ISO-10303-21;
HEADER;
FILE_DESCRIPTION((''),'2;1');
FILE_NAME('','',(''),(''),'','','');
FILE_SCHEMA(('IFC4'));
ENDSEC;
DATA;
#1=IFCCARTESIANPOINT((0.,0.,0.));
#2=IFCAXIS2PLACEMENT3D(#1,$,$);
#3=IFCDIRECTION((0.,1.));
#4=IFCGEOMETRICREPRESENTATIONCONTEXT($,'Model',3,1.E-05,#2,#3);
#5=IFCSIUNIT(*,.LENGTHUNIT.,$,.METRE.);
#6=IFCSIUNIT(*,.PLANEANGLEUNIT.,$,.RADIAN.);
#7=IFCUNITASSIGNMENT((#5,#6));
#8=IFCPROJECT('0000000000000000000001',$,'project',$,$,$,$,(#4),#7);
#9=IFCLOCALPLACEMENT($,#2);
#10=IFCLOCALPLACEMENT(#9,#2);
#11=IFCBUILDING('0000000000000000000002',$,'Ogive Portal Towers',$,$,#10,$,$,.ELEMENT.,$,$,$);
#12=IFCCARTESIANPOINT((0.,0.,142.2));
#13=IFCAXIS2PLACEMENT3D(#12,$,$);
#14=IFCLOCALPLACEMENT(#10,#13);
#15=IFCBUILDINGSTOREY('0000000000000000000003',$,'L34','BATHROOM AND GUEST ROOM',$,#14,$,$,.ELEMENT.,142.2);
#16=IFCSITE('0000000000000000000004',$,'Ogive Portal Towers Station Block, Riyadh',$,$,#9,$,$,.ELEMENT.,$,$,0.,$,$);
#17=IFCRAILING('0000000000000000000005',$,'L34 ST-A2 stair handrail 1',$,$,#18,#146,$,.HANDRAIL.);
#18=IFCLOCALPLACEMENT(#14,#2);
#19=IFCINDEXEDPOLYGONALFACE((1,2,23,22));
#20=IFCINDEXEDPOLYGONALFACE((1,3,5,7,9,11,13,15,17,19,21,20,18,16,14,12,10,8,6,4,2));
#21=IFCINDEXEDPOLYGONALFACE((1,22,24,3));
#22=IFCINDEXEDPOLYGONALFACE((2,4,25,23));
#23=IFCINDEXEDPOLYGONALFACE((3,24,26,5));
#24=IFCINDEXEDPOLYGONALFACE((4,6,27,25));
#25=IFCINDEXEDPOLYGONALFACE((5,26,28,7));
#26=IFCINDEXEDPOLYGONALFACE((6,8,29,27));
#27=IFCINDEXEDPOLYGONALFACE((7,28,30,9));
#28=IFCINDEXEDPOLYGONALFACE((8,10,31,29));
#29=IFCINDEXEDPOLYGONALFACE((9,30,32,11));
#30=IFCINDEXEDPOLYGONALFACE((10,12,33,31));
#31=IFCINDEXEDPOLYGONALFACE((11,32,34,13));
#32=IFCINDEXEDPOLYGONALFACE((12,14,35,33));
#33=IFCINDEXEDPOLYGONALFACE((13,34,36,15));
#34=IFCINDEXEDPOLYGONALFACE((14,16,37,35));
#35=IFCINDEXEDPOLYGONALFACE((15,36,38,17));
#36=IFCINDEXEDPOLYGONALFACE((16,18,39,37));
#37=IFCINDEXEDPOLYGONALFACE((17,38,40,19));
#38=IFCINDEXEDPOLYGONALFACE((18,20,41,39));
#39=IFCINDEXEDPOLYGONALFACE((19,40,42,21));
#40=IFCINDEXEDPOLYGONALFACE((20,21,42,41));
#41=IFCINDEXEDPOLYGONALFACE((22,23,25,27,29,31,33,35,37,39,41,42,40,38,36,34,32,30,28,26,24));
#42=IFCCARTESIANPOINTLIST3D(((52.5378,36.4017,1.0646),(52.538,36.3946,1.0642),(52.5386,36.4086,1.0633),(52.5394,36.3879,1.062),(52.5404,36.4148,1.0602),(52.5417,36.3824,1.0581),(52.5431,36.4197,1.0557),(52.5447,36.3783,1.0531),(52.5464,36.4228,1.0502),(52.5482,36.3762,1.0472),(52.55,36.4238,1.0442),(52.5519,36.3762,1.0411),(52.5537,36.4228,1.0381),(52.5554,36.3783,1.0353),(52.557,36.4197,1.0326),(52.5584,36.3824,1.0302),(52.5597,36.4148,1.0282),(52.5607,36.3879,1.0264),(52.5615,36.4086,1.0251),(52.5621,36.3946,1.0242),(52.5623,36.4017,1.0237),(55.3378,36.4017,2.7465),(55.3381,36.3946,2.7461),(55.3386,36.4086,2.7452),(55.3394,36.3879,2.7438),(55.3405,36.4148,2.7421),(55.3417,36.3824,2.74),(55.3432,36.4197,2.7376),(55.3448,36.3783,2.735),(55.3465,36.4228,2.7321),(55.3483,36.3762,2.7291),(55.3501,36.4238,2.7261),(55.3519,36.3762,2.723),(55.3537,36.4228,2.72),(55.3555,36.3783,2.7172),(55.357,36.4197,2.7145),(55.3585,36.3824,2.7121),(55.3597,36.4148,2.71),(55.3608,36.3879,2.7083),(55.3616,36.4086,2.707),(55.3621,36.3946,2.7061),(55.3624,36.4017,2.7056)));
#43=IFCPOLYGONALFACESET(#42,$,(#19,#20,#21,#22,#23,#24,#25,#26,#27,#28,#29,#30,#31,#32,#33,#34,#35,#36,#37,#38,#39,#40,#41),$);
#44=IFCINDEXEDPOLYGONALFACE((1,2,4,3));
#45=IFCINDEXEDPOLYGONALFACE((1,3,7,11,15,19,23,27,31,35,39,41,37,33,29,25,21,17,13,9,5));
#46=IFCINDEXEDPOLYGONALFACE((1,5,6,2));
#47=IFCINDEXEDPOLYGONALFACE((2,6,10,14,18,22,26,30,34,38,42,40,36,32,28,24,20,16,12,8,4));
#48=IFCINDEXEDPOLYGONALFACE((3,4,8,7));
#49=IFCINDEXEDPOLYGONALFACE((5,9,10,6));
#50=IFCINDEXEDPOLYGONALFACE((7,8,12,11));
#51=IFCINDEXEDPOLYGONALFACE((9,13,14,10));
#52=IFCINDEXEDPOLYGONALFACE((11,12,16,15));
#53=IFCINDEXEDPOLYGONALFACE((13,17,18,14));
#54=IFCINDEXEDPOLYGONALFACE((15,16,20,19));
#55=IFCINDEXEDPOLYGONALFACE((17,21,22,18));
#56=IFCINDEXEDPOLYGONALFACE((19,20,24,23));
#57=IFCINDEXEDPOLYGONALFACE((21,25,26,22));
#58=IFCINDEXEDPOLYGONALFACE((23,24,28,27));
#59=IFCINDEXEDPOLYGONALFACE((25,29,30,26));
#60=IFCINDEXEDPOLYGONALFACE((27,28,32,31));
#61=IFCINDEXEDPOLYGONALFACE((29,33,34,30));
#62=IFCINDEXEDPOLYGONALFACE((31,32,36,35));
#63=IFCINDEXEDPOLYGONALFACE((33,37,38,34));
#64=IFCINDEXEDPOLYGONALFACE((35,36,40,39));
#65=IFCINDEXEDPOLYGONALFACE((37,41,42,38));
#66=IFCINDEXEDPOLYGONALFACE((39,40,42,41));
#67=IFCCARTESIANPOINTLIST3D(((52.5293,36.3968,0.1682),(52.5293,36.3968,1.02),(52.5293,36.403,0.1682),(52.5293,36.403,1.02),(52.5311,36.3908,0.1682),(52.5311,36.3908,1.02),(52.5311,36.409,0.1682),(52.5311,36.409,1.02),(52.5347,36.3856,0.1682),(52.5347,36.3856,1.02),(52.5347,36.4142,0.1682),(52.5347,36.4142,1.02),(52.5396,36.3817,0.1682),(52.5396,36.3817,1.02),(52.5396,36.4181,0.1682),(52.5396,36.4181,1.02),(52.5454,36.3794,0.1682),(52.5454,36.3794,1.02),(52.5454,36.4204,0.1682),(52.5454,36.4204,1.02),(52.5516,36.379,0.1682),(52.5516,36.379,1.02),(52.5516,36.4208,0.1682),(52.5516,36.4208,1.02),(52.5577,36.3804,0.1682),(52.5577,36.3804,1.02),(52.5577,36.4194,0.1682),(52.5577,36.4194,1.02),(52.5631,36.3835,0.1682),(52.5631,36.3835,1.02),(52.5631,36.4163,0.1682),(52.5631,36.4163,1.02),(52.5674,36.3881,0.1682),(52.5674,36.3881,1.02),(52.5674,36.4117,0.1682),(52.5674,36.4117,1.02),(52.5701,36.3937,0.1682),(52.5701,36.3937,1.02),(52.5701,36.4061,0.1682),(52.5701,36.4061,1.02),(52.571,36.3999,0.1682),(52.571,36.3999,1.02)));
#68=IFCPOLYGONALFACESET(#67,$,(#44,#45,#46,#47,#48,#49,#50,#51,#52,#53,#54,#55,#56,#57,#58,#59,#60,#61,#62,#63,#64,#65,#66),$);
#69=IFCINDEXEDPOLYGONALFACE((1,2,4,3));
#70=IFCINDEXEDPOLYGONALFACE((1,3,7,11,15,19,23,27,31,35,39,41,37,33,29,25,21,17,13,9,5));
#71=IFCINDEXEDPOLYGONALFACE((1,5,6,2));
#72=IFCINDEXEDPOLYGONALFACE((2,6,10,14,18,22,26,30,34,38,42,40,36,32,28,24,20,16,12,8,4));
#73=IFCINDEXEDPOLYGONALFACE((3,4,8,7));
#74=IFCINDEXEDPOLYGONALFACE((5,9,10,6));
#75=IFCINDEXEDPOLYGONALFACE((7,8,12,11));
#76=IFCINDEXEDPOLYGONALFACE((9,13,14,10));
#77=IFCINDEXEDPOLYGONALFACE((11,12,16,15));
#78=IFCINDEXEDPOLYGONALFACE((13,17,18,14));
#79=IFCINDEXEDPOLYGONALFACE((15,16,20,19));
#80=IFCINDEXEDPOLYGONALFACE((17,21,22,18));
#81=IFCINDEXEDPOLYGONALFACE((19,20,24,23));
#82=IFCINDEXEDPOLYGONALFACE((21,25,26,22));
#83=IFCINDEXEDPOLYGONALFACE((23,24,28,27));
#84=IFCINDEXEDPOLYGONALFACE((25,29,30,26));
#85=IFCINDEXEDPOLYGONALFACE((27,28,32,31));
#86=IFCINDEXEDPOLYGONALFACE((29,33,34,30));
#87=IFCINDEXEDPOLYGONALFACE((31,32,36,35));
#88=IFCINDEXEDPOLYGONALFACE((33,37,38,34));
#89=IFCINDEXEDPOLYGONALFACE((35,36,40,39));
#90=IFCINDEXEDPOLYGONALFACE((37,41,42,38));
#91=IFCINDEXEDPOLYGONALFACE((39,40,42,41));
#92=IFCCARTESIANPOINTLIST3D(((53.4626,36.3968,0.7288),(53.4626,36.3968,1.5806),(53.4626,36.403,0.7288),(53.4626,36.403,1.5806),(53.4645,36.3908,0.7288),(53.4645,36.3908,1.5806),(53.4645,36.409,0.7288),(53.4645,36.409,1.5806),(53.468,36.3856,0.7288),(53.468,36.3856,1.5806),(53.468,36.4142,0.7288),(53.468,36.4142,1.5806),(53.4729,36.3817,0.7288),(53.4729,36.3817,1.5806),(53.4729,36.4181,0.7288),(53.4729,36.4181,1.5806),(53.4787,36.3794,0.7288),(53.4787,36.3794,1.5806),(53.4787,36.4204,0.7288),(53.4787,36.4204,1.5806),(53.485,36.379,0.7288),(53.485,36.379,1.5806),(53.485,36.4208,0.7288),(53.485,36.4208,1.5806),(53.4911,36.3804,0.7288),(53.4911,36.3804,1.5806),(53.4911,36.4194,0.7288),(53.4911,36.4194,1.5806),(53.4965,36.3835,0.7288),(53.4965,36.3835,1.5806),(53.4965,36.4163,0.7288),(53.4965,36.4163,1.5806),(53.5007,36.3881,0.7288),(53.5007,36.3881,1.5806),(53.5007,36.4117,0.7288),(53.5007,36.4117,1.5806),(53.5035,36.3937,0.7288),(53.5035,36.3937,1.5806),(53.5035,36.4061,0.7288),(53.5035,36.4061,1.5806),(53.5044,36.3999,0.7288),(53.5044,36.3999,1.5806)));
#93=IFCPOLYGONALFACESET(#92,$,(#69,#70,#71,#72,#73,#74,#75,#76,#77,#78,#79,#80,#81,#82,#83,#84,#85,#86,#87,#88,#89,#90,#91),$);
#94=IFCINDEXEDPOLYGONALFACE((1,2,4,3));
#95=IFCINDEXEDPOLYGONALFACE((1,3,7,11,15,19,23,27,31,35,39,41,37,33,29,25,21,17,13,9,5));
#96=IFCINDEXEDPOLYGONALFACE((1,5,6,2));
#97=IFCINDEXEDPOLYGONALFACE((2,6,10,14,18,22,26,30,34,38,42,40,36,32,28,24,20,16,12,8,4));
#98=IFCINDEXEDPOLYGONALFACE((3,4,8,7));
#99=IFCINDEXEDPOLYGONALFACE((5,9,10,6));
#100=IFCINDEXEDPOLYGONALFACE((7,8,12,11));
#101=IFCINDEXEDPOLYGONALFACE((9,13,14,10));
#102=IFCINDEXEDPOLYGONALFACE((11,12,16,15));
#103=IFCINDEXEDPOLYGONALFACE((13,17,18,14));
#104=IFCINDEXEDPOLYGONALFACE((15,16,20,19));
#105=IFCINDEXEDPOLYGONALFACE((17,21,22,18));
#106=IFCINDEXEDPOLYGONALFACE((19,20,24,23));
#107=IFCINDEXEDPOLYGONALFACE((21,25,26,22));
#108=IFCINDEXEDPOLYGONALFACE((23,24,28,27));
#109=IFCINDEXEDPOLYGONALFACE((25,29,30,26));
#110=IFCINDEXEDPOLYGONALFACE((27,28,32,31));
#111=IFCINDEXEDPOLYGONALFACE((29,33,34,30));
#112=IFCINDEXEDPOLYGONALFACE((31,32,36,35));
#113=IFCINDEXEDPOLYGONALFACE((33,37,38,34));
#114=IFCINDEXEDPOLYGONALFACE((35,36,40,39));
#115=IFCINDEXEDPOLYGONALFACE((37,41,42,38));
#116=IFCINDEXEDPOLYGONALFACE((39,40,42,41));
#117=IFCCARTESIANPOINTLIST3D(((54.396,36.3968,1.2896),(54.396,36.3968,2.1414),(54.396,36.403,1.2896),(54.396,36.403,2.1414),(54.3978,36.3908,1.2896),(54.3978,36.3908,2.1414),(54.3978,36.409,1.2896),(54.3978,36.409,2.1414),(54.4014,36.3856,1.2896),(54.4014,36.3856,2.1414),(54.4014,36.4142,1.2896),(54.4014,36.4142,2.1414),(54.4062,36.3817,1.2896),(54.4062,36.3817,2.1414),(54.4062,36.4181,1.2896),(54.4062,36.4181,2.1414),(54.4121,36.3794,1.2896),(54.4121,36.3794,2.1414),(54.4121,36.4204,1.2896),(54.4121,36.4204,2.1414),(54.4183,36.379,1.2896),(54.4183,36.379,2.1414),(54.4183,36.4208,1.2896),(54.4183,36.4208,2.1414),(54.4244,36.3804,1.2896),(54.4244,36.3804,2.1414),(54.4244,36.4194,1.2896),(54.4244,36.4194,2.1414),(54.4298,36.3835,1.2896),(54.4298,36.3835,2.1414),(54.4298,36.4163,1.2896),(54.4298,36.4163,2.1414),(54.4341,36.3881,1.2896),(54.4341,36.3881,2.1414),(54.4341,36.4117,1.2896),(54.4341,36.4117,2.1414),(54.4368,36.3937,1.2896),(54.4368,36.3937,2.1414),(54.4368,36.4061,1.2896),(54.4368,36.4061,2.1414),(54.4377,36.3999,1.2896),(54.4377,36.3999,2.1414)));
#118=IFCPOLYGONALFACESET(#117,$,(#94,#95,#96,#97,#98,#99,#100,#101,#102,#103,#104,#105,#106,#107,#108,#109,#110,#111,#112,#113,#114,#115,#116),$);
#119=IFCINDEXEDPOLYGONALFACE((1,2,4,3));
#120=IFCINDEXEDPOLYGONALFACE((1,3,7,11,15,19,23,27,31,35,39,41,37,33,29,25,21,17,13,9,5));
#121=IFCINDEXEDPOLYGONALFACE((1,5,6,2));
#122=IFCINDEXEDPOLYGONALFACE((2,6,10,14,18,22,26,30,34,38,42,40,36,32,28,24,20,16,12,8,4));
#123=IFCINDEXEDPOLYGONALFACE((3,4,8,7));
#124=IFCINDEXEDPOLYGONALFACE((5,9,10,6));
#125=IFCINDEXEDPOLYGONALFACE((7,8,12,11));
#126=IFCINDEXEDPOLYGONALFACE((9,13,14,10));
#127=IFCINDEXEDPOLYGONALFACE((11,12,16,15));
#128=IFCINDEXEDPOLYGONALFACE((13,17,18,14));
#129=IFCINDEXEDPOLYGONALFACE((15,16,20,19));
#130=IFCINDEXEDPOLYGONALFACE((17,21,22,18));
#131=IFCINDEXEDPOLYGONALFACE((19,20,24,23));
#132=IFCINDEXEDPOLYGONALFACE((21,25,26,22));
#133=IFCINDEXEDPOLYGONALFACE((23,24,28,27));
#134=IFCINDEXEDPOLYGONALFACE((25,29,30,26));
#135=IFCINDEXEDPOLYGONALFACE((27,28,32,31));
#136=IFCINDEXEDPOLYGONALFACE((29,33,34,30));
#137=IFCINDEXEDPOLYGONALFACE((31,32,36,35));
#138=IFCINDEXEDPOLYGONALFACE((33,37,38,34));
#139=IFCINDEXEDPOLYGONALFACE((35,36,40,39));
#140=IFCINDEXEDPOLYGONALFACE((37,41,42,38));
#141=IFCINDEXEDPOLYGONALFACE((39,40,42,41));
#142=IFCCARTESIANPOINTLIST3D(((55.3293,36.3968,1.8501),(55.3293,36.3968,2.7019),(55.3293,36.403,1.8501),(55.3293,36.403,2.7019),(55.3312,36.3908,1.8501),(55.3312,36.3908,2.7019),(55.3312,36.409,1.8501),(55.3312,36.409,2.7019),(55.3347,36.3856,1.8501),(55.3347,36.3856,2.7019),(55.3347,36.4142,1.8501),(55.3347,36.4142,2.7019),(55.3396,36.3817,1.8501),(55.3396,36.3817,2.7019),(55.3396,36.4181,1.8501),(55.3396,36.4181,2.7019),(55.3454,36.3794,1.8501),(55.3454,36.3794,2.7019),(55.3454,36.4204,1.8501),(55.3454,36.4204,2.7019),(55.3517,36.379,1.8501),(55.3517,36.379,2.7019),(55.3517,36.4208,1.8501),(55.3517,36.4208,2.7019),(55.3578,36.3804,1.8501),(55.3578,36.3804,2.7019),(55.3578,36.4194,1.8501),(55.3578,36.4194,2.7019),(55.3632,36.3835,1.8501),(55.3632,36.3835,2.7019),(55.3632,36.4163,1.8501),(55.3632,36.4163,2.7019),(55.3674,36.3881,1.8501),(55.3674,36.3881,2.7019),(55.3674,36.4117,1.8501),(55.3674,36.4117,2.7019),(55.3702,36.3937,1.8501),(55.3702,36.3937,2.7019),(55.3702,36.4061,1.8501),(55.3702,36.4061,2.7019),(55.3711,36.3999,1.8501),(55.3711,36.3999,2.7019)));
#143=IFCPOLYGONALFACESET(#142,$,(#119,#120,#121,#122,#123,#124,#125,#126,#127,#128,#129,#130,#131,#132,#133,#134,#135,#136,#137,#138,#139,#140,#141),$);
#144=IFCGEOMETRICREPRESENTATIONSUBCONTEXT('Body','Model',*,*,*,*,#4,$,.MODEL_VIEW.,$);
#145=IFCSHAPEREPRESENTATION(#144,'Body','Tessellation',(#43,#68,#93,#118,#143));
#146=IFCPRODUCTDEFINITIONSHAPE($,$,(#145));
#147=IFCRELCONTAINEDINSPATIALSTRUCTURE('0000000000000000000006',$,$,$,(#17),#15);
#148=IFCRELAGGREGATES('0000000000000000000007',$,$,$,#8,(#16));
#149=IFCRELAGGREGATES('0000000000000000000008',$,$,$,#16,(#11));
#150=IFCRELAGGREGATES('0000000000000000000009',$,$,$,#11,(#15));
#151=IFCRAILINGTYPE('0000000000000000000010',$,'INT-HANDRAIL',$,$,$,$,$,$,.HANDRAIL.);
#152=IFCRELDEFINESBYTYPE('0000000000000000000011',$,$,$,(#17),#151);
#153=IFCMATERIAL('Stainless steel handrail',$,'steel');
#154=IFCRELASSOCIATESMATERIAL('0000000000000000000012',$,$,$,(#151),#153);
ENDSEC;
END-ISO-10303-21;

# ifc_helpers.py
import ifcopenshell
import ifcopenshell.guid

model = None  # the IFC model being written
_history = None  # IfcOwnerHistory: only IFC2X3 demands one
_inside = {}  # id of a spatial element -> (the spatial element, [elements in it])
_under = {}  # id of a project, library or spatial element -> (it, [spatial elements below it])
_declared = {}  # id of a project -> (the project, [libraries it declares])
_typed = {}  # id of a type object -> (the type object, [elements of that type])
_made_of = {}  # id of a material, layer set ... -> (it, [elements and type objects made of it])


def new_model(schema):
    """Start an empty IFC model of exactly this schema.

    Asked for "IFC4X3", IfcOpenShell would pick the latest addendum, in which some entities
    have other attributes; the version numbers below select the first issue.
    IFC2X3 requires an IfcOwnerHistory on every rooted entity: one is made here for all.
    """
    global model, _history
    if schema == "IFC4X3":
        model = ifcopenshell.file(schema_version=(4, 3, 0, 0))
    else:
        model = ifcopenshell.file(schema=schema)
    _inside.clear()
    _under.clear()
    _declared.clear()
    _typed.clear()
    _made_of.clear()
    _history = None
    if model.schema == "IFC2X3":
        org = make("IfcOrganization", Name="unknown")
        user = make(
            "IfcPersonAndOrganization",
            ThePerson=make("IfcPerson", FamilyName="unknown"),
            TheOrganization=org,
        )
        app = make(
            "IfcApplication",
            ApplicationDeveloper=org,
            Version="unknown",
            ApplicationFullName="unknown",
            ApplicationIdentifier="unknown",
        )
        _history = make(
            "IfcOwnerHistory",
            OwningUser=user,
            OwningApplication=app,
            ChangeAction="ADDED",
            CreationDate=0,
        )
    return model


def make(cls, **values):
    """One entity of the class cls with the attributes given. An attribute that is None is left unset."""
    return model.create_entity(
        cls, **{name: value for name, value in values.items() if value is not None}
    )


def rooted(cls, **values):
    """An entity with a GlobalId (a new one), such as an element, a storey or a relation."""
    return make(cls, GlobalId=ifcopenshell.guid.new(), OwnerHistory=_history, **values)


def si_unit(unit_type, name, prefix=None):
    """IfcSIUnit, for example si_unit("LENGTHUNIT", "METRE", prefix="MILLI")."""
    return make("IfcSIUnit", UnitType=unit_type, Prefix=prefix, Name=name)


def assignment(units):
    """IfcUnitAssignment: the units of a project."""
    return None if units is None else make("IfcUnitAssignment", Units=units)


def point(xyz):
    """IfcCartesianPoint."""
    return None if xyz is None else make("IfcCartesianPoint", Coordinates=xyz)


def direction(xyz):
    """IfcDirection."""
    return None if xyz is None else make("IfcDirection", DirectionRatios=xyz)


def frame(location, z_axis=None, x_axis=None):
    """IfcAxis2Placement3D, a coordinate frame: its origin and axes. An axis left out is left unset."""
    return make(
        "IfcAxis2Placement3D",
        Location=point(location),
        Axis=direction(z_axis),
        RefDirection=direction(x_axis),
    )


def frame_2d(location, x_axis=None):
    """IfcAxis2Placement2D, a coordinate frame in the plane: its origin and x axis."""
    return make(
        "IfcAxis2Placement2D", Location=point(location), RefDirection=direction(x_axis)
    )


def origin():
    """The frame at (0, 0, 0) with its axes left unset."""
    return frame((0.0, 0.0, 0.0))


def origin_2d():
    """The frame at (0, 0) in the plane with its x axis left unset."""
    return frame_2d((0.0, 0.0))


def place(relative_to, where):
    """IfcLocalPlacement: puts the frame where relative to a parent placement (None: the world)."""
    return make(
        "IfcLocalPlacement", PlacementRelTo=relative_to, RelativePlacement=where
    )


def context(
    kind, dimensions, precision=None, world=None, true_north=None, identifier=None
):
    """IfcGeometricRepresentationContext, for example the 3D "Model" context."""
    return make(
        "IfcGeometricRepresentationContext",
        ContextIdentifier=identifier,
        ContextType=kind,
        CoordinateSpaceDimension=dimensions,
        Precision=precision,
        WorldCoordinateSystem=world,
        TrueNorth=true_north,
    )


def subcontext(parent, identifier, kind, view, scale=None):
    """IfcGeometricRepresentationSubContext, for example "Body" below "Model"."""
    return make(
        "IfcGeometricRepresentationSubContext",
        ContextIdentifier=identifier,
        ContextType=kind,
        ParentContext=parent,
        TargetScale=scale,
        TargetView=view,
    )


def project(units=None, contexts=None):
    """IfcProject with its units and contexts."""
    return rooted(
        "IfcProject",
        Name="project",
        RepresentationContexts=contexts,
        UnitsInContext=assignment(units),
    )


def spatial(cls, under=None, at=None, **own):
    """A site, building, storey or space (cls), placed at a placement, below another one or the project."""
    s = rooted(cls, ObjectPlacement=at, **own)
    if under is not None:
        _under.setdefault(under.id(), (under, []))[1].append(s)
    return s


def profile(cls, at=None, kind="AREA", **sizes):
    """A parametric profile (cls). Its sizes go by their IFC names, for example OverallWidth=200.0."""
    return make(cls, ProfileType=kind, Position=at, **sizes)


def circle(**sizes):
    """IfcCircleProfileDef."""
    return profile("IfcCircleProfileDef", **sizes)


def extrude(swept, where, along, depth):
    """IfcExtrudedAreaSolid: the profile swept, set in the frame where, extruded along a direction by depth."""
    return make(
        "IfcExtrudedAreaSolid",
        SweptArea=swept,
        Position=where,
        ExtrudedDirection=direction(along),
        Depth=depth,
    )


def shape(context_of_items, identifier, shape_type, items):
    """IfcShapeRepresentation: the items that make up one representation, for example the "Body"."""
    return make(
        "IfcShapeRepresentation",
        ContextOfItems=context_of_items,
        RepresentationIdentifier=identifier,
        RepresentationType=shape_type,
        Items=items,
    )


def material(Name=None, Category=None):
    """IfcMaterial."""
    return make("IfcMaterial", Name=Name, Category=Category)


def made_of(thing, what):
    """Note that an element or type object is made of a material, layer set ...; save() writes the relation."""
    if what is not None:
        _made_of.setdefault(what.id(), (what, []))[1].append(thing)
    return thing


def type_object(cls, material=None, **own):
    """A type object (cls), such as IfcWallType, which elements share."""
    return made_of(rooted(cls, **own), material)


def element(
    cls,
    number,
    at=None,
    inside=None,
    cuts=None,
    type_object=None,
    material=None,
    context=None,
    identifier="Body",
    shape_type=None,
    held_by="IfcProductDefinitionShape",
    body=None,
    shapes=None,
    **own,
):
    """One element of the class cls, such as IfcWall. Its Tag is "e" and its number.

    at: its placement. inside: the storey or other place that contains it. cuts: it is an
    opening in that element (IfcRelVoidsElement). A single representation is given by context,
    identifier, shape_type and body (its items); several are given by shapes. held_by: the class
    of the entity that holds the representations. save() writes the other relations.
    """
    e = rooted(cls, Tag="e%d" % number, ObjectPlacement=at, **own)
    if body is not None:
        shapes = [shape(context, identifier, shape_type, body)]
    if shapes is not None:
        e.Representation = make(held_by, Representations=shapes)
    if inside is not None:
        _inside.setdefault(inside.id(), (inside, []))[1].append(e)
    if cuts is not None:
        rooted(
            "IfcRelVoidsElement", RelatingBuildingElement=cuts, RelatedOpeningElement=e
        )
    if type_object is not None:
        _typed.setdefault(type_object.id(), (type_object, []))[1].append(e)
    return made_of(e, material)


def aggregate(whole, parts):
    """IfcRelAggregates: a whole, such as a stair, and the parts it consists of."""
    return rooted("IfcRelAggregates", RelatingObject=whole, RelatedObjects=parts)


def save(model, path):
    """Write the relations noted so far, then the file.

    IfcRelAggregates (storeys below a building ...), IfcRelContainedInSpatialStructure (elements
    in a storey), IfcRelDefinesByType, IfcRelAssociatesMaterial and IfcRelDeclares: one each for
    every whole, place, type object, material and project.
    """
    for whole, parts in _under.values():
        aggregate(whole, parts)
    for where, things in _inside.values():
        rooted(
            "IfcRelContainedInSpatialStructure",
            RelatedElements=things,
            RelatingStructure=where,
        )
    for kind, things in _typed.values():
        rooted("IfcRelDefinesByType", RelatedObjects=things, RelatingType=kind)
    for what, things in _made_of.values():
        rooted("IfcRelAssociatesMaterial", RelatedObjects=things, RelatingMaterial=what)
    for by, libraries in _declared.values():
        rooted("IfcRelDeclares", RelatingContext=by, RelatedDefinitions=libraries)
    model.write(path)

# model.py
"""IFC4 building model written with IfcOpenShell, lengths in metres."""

from ifc_helpers import new_model, si_unit, direction, frame, origin, origin_2d, place, context, subcontext, project, spatial, circle, extrude, material, type_object, element, save


model = new_model("IFC4")

# Units and contexts
model_context = context("Model", 3, precision=1e-05, world=origin(), true_north=direction((0.0, 1.0)))
body_context = subcontext(model_context, "Body", "Model", "MODEL_VIEW")
ifc_project = project(units=[si_unit("LENGTHUNIT", "METRE"), si_unit("PLANEANGLEUNIT", "RADIAN")], contexts=[model_context])

# Site, building, storey
site_placement = place(None, origin())
site = spatial("IfcSite", under=ifc_project, at=site_placement, Name="Ogive Portal Towers Station Block, Riyadh", CompositionType="ELEMENT", RefElevation=0.0)
building_placement = place(site_placement, origin())
building = spatial("IfcBuilding", under=site, at=building_placement, Name="Ogive Portal Towers", CompositionType="ELEMENT")
storey_placement = place(building_placement, frame((0.0, 0.0, 142.2)))
storey = spatial("IfcBuildingStorey", under=building, at=storey_placement, Name="L34", Description="BATHROOM AND GUEST ROOM", CompositionType="ELEMENT", Elevation=142.2)

# Railing
ifc_material_1 = material(Name="Stainless steel handrail", Category="steel")
railing_type_1 = type_object("IfcRailingType", Name="INT-HANDRAIL", PredefinedType="HANDRAIL", material=ifc_material_1)
railing_1_placement = place(storey_placement, frame((52.55, 36.3999, 0.1682)))
element("IfcRailing", 1, at=railing_1_placement, inside=storey, type_object=railing_type_1, Name="L34 ST-A2 stair handrail 1", PredefinedType="HANDRAIL", context=body_context, shape_type="SweptSolid", body=[
    extrude(circle(Radius=0.0239, at=origin_2d()), frame((0.0, 0.0, 0.876), z_axis=(0.857242, 0.0, 0.514913), x_axis=(0.0, 1.0, 0.0)), (0.0, 0.0, 1.0), 3.2664),
    extrude(circle(Radius=0.021, at=origin_2d()), origin(), (0.0, 0.0, 1.0), 0.8518),
    extrude(circle(Radius=0.021, at=origin_2d()), frame((0.9333, 0.0, 0.5605)), (0.0, 0.0, 1.0), 0.8518),
    extrude(circle(Radius=0.021, at=origin_2d()), frame((1.8667, 0.0, 1.1213)), (0.0, 0.0, 1.0), 0.8518),
    extrude(circle(Radius=0.021, at=origin_2d()), frame((2.8, 0.0, 1.6819)), (0.0, 0.0, 1.0), 0.8518),
])

save(model, "model.ifc")
